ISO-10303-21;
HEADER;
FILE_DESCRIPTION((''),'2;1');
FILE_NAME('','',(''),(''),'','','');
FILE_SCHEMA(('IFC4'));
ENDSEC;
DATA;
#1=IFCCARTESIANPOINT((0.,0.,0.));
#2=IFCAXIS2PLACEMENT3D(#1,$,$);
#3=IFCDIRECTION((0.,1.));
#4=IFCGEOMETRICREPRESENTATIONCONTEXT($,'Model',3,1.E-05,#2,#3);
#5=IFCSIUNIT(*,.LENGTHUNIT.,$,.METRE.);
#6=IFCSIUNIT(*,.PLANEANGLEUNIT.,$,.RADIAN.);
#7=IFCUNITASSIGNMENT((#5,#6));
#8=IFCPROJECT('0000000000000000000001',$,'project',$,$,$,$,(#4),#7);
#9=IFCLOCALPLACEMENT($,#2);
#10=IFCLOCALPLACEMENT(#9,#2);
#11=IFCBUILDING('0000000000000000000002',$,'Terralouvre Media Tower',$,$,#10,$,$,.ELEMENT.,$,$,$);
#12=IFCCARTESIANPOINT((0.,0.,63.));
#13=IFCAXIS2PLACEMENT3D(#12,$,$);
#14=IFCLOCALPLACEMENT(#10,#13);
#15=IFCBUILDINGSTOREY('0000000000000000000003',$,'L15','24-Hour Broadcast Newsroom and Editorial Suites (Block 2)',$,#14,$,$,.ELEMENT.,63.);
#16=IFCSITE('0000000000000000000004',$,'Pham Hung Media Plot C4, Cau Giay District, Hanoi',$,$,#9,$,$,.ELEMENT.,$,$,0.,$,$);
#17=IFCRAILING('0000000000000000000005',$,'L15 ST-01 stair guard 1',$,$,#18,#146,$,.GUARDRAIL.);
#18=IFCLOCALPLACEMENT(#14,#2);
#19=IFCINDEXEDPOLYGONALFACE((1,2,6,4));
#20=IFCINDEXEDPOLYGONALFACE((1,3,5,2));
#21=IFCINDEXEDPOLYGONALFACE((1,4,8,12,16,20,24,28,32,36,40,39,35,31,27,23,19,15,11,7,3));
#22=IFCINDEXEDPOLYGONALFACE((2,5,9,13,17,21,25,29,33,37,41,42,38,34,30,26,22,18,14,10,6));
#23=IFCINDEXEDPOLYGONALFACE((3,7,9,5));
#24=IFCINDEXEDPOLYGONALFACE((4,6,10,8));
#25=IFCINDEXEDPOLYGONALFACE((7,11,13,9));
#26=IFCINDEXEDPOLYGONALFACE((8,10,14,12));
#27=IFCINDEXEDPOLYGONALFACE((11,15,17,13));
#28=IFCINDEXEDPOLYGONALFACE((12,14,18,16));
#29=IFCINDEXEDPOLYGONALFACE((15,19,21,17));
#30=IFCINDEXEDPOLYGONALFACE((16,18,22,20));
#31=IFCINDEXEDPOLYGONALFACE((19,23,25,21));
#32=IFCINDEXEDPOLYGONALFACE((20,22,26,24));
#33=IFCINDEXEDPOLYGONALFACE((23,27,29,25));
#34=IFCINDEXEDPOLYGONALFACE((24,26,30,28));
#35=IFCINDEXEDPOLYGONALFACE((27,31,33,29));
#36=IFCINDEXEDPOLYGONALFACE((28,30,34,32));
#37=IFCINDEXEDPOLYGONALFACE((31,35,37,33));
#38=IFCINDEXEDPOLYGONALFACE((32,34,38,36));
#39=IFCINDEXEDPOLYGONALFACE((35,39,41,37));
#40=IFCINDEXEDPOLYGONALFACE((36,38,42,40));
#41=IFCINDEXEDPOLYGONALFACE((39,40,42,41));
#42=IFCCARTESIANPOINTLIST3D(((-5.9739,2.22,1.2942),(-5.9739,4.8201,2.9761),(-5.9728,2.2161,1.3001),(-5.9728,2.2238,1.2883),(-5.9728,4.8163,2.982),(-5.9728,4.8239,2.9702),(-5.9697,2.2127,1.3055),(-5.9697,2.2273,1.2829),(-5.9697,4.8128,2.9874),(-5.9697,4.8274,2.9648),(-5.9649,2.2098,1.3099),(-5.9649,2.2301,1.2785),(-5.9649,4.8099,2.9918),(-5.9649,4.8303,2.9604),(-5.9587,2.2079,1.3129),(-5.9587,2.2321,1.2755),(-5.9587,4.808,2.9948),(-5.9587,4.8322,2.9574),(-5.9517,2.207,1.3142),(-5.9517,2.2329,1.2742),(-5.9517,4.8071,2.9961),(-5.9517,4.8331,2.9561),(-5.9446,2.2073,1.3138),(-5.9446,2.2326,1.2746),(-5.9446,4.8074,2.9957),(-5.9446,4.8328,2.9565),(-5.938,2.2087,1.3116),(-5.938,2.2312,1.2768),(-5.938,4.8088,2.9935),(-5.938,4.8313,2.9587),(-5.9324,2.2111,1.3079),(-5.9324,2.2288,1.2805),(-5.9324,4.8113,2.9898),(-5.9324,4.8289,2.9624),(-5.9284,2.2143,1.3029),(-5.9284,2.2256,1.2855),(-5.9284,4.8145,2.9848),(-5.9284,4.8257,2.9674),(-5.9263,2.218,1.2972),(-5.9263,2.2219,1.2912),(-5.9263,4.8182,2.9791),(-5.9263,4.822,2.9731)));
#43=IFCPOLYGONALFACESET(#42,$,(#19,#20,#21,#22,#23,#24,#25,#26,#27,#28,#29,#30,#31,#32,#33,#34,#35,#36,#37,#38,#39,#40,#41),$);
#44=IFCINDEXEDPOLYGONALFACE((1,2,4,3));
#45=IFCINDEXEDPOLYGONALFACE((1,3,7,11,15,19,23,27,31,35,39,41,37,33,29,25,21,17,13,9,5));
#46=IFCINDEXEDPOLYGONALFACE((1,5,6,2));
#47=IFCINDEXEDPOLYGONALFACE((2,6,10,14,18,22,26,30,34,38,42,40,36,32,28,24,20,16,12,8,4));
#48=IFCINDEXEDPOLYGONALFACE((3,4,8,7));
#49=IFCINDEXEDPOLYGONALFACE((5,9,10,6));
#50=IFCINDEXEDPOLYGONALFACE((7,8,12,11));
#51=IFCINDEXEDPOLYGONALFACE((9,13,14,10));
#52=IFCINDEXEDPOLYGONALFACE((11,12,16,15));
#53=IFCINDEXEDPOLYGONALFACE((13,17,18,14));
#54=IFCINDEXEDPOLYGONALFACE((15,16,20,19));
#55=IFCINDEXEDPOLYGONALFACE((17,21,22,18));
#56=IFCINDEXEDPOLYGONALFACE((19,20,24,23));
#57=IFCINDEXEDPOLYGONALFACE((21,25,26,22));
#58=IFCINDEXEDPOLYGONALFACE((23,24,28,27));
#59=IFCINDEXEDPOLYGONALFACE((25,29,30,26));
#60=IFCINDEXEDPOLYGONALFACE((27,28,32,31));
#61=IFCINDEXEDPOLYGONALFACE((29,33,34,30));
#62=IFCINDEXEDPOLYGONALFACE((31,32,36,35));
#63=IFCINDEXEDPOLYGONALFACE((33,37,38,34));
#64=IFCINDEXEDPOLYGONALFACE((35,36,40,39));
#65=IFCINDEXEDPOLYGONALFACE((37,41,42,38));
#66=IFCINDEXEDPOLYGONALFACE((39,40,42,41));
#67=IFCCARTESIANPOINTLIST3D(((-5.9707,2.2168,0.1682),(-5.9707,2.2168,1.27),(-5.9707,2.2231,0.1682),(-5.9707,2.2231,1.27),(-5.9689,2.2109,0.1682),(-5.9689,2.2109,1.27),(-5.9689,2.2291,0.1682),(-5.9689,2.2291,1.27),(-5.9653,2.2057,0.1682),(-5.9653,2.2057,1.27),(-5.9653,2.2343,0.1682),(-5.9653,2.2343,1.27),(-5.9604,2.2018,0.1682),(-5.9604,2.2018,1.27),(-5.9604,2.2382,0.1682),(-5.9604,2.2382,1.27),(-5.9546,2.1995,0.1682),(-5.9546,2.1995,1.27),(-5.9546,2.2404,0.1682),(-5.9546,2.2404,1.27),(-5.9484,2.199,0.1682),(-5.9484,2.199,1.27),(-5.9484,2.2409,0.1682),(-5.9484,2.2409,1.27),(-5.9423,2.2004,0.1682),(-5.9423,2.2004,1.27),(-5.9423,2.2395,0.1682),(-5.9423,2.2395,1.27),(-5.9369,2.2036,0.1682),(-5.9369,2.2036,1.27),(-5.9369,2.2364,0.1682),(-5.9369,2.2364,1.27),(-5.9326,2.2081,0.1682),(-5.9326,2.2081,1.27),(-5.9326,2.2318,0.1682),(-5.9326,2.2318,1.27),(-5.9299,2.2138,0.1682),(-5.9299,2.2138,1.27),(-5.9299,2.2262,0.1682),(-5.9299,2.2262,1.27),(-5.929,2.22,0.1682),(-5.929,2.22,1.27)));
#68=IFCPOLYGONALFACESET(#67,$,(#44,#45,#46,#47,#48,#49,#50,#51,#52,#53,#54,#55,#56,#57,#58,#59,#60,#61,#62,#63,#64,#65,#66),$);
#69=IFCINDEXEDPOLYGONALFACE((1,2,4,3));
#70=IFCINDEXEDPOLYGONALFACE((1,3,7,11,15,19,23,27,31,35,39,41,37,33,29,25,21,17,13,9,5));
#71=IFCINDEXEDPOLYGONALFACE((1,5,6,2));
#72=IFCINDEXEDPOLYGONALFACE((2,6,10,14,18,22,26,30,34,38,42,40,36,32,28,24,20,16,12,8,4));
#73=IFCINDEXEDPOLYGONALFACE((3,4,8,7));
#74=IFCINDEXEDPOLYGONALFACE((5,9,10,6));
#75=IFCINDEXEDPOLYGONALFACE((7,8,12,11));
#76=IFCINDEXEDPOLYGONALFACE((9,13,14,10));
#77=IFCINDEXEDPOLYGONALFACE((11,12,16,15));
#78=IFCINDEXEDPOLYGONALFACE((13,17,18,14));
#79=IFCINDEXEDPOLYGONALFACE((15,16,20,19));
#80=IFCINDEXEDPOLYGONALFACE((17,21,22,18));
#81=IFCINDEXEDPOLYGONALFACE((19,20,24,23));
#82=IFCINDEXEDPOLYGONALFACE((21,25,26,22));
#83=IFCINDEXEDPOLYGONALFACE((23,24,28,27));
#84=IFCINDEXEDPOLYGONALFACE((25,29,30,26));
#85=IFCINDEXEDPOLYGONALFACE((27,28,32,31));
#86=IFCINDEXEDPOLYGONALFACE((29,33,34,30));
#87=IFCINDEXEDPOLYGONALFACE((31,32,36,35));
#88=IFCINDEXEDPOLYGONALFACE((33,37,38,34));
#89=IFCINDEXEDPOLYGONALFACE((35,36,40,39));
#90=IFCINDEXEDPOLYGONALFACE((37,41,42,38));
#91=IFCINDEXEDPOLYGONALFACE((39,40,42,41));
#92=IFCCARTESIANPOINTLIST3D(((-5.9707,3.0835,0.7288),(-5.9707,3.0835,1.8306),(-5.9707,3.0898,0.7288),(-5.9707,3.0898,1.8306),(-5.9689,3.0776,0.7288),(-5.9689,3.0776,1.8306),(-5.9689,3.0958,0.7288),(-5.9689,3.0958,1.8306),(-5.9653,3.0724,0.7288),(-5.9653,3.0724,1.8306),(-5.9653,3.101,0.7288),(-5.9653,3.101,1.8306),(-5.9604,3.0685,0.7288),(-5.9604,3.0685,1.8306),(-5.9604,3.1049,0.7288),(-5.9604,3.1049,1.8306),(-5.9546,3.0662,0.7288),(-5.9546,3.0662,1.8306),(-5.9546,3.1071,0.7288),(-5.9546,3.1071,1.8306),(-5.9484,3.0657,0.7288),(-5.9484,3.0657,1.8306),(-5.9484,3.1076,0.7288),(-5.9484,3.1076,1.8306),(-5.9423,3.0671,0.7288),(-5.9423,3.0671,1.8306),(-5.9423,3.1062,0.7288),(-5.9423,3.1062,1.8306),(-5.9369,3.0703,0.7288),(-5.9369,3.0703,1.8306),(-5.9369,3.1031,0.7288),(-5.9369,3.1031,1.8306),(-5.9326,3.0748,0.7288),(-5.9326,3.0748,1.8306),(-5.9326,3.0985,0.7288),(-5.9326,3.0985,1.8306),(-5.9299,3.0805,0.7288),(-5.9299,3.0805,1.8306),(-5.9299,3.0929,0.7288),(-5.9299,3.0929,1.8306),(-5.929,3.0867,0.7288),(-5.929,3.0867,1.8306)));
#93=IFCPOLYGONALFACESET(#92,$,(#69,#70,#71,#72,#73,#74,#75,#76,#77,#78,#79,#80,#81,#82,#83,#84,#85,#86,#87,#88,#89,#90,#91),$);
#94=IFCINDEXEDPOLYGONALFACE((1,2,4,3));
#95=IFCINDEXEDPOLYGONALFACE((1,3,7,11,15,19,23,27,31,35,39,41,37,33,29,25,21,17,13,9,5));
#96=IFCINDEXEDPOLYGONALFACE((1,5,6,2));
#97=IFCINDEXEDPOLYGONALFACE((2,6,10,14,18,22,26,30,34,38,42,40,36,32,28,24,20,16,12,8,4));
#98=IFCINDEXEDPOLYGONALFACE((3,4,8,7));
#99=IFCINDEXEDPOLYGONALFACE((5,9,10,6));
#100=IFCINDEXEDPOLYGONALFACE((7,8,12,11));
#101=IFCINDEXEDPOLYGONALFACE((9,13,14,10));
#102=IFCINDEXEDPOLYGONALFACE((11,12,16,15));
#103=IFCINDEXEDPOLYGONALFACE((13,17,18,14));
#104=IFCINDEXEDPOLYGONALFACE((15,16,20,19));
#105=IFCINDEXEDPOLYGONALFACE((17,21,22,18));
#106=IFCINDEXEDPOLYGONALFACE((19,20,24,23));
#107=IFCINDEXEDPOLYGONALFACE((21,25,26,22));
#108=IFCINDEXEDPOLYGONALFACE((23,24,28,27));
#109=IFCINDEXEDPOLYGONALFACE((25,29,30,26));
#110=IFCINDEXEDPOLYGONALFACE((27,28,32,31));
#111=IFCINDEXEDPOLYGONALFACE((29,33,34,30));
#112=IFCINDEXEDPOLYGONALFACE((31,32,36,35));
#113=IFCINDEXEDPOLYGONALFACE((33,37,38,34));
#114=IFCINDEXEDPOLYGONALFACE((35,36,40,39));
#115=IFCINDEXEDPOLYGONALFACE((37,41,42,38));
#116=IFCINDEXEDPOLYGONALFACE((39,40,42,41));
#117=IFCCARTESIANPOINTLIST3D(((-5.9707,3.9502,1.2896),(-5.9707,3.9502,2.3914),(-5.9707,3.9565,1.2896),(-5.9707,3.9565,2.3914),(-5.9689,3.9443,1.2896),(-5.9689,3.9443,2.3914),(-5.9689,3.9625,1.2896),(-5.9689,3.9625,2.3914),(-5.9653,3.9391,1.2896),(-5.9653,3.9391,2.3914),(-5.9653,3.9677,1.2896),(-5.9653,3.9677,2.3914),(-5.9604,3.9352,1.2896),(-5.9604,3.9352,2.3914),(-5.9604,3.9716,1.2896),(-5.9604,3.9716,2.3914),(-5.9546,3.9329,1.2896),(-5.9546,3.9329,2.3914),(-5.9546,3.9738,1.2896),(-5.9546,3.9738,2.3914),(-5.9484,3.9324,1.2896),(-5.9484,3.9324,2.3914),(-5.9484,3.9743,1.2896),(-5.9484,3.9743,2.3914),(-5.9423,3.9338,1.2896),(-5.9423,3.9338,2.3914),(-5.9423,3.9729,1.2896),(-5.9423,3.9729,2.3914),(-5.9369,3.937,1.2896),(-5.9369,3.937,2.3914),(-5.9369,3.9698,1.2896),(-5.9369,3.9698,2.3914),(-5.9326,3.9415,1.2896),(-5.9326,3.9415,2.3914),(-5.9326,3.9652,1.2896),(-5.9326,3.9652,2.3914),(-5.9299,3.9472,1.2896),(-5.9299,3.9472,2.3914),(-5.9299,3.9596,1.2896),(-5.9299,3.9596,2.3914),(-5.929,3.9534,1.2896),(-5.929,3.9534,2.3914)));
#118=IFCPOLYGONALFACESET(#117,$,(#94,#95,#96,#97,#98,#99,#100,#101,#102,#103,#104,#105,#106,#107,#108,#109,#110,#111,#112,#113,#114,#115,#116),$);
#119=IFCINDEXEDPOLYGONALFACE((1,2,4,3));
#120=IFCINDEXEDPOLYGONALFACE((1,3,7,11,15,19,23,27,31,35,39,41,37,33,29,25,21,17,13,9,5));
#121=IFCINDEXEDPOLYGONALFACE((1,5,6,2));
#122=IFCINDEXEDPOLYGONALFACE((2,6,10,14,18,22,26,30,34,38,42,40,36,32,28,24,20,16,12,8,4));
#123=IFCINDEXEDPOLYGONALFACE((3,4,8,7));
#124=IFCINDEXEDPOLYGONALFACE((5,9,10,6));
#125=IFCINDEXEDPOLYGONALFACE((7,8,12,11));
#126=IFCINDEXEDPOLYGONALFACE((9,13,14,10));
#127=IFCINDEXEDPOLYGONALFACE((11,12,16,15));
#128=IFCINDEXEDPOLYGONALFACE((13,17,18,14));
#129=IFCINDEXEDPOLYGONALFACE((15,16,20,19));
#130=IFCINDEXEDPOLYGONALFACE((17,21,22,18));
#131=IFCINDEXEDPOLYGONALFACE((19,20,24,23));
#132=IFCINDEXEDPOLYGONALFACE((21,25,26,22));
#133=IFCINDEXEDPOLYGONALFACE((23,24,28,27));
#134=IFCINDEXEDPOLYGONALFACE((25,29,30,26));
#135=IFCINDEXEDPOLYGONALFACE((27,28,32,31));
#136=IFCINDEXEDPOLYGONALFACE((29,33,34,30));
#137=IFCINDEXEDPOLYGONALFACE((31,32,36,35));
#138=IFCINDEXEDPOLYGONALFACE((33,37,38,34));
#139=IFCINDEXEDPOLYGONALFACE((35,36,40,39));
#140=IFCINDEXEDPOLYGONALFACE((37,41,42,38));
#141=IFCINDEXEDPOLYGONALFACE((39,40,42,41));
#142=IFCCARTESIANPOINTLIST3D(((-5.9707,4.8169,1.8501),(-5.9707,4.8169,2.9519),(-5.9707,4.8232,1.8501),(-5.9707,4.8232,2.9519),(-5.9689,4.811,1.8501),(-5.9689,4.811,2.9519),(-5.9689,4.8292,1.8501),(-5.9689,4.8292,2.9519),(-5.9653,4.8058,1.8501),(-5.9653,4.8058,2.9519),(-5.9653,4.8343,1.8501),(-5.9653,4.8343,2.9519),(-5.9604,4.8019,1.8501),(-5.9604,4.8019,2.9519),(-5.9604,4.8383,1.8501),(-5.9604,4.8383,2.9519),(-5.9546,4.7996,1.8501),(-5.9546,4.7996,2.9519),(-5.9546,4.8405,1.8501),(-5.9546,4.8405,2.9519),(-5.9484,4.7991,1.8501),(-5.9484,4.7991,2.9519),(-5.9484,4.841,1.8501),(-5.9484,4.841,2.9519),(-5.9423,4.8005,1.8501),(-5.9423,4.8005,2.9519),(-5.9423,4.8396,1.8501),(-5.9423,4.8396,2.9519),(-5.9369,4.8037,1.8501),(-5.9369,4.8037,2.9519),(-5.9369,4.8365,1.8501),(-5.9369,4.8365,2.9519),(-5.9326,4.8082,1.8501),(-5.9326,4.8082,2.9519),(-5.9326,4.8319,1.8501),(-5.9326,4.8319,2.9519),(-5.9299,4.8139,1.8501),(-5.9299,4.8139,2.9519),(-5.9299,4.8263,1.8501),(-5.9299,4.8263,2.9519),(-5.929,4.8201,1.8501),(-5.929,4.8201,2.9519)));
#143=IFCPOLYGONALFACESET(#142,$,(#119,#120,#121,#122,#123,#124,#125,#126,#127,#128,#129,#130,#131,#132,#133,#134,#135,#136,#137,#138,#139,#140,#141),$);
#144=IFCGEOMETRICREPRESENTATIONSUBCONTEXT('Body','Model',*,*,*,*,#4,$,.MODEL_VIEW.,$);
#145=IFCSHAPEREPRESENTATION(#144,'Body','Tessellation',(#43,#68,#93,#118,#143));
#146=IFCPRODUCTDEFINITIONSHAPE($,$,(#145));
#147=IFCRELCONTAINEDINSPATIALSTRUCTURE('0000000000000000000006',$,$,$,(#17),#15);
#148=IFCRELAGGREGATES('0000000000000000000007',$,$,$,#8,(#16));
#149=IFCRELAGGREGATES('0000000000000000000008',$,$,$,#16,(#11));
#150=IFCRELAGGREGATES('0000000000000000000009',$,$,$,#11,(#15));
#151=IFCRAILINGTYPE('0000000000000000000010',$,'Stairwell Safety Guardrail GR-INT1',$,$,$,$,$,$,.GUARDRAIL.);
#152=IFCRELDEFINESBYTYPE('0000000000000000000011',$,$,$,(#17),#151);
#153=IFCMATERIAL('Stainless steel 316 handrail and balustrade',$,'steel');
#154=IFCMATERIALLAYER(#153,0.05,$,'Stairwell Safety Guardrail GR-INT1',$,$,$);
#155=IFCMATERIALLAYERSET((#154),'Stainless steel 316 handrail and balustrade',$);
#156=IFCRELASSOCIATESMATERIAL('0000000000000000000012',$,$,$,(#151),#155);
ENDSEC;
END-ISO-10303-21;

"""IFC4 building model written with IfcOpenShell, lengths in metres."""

from ifc_helpers import new_model, si_unit, direction, frame, origin, origin_2d, place, context, subcontext, project, spatial, circle, extrude, material, layer, layer_set, type_object, element, save


model = new_model("IFC4")

# Units and contexts
model_context = context("Model", 3, precision=1e-05, world=origin(), true_north=direction((0.0, 1.0)))
body_context = subcontext(model_context, "Body", "Model", "MODEL_VIEW")
ifc_project = project(units=[si_unit("LENGTHUNIT", "METRE"), si_unit("PLANEANGLEUNIT", "RADIAN")], contexts=[model_context])

# Site, building, storey
site_placement = place(None, origin())
site = spatial("IfcSite", under=ifc_project, at=site_placement, Name="Pham Hung Media Plot C4, Cau Giay District, Hanoi", CompositionType="ELEMENT", RefElevation=0.0)
building_placement = place(site_placement, origin())
building = spatial("IfcBuilding", under=site, at=building_placement, Name="Terralouvre Media Tower", CompositionType="ELEMENT")
storey_placement = place(building_placement, frame((0.0, 0.0, 63.0)))
storey = spatial("IfcBuildingStorey", under=building, at=storey_placement, Name="L15", Description="24-Hour Broadcast Newsroom and Editorial Suites (Block 2)", CompositionType="ELEMENT", Elevation=63.0)

# Railing
ifc_material_1 = material(Name="Stainless steel 316 handrail and balustrade", Category="steel")
ifc_layer_1 = layer(ifc_material_1, 0.05, Name="Stairwell Safety Guardrail GR-INT1")
ifc_layer_set_1 = layer_set([ifc_layer_1], Name="Stainless steel 316 handrail and balustrade")
railing_type_1 = type_object("IfcRailingType", Name="Stairwell Safety Guardrail GR-INT1", PredefinedType="GUARDRAIL", material=ifc_layer_set_1)
railing_1_placement = place(storey_placement, frame((-5.95, 2.22, 0.1682)))
element("IfcRailing", 1, at=railing_1_placement, inside=storey, type_object=railing_type_1, Name="L15 ST-01 stair guard 1", PredefinedType="GUARDRAIL", context=body_context, shape_type="SweptSolid", body=[
    extrude(circle(Radius=0.0239, at=origin_2d()), frame((0.0, 0.0, 1.126), z_axis=(0.0, 0.839648, 0.54313), x_axis=(-1.0, 0.0, 0.0)), (0.0, 0.0, 1.0), 3.0967),
    extrude(circle(Radius=0.021, at=origin_2d()), origin(), (0.0, 0.0, 1.0), 1.1018),
    extrude(circle(Radius=0.021, at=origin_2d()), frame((0.0, 0.8667, 0.5605)), (0.0, 0.0, 1.0), 1.1018),
    extrude(circle(Radius=0.021, at=origin_2d()), frame((0.0, 1.7334, 1.1213)), (0.0, 0.0, 1.0), 1.1018),
    extrude(circle(Radius=0.021, at=origin_2d()), frame((0.0, 2.6001, 1.6819)), (0.0, 0.0, 1.0), 1.1018),
])

save(model, "model.ifc")
